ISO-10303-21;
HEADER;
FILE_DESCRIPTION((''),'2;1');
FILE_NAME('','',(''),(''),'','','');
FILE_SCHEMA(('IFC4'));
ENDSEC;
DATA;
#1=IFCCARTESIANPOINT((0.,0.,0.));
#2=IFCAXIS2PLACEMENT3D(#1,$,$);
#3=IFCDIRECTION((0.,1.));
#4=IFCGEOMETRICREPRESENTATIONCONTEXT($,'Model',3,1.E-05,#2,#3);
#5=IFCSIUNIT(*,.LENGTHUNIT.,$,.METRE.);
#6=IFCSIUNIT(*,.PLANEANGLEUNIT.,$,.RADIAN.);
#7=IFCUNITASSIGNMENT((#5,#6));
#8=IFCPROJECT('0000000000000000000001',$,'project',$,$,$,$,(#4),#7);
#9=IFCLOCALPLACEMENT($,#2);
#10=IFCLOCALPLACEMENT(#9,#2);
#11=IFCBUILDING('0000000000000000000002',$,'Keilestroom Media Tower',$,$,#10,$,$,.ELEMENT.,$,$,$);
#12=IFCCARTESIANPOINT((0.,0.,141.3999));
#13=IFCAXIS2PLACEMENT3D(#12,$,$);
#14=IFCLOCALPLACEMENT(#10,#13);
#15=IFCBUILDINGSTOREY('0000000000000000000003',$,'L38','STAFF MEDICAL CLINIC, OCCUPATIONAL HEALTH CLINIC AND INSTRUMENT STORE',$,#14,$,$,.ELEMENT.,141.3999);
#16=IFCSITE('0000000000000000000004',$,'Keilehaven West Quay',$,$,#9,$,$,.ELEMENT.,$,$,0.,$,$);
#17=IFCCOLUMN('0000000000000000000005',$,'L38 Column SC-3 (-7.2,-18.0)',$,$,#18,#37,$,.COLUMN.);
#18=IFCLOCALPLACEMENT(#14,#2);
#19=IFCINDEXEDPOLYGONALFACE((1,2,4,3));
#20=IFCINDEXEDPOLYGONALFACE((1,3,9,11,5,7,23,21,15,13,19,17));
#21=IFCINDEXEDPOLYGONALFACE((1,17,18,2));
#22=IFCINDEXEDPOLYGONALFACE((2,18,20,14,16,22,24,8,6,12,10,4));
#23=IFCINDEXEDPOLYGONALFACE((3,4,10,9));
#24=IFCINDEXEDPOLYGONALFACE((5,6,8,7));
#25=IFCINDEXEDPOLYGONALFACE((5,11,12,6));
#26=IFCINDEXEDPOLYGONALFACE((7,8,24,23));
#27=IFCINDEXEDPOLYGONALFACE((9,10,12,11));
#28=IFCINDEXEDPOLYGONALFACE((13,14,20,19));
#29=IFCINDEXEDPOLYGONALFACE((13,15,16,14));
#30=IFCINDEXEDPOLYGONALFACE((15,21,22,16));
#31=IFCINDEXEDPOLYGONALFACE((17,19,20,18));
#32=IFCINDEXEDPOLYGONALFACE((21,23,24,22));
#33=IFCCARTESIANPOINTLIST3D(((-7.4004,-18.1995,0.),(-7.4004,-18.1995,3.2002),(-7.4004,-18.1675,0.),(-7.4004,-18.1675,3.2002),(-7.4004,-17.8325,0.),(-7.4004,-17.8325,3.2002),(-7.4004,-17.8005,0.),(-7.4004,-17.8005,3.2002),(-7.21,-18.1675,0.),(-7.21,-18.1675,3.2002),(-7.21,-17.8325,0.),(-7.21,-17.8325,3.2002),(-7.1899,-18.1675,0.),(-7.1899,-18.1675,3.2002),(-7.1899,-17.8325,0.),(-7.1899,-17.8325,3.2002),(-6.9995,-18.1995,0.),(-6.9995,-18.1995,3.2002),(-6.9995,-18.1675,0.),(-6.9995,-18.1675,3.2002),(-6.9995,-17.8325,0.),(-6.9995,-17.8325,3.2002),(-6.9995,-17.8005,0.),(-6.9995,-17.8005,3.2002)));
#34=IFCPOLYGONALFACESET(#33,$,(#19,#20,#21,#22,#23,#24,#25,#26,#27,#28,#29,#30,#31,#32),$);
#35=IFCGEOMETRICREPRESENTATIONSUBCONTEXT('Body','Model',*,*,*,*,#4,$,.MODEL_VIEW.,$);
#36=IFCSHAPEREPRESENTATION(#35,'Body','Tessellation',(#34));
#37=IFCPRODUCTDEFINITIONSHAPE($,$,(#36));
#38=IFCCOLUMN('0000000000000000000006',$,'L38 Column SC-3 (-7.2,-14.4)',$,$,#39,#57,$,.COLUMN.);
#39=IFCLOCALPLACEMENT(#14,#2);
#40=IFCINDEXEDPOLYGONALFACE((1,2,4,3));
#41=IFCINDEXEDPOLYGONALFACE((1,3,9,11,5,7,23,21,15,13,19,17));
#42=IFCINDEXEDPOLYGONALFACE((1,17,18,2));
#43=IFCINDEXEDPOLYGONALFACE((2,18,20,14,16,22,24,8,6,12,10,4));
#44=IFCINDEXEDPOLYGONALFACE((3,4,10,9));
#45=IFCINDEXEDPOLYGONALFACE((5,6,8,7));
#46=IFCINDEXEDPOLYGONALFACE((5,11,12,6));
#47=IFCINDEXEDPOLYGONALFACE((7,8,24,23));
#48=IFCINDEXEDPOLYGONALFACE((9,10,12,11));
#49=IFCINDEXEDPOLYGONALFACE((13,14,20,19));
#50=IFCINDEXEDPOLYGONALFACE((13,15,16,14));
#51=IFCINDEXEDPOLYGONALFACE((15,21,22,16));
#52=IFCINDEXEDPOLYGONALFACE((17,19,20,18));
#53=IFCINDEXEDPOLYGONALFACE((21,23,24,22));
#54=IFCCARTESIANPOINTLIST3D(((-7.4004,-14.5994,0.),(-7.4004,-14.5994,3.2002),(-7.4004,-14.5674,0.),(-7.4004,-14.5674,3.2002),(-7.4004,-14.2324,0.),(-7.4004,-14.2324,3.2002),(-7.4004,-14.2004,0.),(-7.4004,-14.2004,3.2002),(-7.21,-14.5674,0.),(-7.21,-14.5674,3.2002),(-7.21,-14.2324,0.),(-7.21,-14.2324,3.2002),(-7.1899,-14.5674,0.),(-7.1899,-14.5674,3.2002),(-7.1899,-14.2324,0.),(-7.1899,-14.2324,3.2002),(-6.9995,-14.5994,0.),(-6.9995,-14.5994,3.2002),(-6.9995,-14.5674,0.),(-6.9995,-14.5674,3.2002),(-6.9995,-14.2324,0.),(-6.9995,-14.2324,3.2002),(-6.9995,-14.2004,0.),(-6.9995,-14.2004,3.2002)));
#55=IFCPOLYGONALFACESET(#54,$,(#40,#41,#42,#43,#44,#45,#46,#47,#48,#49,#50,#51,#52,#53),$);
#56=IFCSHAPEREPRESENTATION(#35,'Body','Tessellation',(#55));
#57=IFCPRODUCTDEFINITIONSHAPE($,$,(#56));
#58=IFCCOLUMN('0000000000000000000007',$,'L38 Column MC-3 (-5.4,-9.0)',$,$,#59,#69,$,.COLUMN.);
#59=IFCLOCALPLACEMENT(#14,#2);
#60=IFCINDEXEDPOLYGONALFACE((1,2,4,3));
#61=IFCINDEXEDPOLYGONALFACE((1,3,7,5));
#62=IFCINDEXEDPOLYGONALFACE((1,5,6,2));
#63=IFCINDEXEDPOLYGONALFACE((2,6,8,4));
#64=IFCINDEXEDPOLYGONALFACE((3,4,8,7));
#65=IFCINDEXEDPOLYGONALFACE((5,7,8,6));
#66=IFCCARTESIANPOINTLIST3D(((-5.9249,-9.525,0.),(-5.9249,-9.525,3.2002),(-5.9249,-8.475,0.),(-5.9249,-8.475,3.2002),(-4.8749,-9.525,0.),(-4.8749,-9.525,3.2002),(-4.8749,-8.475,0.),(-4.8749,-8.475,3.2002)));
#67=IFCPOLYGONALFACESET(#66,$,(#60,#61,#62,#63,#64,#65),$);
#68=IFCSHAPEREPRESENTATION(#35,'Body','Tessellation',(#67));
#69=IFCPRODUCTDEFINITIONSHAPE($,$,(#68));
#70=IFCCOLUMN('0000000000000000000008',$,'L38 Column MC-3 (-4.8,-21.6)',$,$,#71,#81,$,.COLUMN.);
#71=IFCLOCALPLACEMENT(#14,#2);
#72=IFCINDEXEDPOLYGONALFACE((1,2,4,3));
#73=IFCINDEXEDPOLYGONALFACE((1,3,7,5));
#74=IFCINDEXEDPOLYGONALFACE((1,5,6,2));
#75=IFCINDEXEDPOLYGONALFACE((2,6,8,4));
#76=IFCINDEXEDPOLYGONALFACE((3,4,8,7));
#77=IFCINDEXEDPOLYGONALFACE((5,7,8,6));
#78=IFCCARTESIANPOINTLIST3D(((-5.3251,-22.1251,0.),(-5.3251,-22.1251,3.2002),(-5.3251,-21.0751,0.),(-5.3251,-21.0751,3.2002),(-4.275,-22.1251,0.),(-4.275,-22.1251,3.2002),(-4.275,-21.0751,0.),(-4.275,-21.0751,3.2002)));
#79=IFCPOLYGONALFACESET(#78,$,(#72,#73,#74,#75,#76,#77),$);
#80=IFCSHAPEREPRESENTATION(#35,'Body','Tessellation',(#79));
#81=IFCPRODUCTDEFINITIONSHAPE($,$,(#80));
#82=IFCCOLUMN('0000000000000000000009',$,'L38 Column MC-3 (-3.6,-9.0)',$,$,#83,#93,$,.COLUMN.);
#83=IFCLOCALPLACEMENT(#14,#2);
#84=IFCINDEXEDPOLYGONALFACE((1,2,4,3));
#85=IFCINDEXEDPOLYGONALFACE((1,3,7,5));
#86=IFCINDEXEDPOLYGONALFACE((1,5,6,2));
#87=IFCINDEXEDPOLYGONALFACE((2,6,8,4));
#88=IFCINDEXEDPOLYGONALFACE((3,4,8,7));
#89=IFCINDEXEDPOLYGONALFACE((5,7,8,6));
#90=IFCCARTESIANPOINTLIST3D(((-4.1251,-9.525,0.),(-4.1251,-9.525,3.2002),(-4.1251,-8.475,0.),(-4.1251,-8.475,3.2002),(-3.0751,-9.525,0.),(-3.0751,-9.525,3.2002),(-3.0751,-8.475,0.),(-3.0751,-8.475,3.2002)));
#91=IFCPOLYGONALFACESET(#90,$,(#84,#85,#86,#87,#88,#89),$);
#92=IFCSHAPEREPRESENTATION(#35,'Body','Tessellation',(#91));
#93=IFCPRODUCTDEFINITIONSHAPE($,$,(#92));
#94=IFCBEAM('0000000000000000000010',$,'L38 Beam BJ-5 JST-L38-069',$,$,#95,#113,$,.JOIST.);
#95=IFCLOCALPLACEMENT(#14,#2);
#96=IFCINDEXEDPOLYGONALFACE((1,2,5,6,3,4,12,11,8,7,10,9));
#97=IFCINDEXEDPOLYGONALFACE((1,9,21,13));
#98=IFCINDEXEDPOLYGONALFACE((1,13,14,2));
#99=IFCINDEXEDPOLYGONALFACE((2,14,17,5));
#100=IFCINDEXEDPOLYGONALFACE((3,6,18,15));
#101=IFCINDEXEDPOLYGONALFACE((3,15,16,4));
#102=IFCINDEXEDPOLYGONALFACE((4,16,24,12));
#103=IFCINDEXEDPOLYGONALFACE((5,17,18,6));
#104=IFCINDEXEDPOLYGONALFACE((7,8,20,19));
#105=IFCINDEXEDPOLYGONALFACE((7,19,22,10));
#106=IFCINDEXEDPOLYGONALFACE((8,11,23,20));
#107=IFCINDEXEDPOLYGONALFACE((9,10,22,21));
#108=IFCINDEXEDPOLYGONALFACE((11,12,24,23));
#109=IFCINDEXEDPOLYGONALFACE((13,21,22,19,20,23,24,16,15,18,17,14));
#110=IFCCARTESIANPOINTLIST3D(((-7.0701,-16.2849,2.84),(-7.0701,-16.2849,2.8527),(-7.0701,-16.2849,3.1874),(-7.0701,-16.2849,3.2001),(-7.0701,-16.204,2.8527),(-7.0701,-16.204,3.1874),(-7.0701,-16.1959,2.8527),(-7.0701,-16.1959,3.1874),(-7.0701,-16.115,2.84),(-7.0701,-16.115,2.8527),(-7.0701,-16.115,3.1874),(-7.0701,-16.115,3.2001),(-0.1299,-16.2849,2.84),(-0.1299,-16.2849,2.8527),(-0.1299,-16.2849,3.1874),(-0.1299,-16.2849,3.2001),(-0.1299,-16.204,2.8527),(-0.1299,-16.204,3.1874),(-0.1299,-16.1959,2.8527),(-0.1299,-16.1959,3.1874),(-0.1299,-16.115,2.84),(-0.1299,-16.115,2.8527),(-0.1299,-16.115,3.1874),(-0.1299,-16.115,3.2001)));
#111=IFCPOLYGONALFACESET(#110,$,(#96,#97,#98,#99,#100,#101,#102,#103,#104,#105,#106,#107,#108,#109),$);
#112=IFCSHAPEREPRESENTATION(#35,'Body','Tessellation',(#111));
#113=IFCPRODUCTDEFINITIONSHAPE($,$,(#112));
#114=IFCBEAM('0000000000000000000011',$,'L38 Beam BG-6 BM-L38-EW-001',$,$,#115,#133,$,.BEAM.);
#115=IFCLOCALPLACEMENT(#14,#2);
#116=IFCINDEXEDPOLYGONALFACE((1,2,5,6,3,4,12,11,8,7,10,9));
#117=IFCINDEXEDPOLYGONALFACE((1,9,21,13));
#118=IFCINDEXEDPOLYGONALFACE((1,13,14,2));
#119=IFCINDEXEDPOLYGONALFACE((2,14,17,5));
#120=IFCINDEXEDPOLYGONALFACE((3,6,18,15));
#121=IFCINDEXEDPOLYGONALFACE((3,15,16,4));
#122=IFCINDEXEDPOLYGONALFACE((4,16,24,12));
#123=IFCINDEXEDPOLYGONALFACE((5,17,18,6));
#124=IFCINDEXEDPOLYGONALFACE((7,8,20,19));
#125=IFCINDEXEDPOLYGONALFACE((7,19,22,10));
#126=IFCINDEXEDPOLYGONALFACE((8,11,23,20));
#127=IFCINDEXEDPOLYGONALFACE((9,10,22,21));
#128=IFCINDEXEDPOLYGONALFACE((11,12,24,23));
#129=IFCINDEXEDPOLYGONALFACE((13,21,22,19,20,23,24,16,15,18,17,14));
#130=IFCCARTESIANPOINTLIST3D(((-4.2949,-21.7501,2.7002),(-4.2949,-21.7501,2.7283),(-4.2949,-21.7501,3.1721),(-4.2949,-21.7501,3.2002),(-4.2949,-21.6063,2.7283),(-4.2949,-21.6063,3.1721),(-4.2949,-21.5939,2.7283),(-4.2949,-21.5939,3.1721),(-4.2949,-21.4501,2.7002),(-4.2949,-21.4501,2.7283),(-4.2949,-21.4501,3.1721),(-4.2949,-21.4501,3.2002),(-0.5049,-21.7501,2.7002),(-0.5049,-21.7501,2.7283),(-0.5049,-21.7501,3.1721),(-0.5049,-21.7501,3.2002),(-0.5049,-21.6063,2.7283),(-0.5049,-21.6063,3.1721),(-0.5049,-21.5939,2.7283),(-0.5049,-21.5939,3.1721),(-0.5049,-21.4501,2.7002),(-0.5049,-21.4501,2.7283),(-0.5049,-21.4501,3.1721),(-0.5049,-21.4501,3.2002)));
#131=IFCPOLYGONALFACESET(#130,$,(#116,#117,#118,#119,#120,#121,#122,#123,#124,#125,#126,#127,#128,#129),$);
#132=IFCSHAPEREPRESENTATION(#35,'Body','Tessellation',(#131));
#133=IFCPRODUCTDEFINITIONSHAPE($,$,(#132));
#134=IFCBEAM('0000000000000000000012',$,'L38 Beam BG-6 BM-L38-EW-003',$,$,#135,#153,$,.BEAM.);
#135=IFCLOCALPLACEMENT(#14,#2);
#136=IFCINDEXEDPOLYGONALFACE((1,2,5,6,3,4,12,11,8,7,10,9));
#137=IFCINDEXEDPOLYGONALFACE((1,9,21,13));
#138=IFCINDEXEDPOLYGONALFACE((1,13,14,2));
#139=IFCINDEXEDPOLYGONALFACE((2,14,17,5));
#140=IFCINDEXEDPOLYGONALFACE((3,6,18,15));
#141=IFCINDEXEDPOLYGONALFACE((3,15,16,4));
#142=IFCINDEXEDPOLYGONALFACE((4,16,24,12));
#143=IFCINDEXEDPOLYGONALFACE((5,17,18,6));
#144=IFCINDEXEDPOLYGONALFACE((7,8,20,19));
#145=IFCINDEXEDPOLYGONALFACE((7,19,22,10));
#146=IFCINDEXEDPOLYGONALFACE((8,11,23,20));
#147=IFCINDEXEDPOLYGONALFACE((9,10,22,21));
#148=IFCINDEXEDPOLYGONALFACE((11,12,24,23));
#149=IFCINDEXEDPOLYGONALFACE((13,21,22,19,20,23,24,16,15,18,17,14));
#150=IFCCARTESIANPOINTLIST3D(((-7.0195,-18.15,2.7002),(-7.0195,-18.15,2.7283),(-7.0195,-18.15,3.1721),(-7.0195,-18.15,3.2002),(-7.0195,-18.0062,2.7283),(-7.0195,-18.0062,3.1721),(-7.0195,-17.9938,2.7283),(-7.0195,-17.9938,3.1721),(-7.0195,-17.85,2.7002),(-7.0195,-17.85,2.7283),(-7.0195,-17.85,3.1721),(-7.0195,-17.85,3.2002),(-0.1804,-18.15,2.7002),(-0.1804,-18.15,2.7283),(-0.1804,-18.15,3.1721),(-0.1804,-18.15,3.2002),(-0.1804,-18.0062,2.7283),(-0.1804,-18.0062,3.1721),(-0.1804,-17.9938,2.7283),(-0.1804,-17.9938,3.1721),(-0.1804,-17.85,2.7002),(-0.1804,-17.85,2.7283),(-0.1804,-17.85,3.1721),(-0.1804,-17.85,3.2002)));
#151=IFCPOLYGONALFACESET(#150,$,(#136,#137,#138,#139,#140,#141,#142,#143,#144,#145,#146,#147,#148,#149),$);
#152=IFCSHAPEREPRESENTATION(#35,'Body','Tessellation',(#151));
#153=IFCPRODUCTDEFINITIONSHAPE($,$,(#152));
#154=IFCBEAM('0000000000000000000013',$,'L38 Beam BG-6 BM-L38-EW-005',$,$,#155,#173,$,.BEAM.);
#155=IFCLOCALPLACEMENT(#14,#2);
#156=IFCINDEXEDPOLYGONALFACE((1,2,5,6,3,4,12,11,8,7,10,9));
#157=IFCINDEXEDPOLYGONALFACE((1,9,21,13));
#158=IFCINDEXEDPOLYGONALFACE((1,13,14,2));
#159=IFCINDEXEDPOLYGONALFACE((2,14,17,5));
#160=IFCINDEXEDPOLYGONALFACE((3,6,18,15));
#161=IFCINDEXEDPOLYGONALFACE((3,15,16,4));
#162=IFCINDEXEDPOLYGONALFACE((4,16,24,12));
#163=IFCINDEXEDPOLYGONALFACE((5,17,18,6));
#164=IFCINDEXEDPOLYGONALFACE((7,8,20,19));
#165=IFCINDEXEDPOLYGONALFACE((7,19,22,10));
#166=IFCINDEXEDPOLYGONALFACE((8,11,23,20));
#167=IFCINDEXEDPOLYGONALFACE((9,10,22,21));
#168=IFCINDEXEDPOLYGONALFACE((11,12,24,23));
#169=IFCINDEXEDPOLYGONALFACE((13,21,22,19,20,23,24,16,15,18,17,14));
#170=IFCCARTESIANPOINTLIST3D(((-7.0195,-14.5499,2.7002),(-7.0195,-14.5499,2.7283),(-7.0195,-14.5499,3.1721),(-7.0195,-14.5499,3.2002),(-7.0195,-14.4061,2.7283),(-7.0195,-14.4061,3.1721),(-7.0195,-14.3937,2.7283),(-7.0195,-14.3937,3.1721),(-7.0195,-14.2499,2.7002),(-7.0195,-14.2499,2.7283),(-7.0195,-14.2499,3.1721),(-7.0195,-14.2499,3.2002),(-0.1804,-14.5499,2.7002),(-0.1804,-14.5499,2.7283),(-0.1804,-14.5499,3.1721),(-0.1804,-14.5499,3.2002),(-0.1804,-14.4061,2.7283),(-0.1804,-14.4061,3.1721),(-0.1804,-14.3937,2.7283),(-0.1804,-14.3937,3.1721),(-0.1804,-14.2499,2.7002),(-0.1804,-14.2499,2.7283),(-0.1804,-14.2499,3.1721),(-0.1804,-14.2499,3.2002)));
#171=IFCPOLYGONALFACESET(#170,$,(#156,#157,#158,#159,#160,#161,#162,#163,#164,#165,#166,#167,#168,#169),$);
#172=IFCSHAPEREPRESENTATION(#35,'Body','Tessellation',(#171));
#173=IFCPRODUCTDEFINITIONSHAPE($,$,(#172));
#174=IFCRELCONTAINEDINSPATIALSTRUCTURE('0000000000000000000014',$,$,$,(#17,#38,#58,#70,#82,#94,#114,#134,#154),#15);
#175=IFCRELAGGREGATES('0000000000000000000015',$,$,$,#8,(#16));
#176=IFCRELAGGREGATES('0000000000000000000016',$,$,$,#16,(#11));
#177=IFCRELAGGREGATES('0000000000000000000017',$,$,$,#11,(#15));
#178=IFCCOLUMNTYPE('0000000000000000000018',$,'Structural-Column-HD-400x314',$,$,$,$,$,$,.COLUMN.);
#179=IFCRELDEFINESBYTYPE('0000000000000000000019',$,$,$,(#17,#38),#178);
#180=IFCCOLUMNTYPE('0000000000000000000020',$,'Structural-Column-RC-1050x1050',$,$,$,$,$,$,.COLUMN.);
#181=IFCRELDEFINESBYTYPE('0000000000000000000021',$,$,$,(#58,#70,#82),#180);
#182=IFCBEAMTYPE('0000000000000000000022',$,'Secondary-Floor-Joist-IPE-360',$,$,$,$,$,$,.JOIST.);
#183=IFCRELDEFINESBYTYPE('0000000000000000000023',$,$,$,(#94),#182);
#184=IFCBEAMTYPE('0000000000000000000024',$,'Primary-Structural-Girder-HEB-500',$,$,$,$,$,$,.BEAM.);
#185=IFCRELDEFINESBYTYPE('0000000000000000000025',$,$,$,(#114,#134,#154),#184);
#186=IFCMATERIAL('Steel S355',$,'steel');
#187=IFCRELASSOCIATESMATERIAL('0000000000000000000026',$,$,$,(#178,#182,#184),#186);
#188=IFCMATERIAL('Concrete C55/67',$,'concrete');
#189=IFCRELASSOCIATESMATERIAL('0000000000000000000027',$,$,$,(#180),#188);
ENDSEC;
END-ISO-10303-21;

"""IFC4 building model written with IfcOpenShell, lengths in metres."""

from ifc_helpers import new_model, si_unit, direction, frame, origin, origin_2d, place, context, subcontext, project, spatial, rectangle, i_section, extrude, source, transform, mapped, material, material_profile, profile_set, type_object, element, save


model = new_model("IFC4")

# Units and contexts
model_context = context("Model", 3, precision=1e-05, world=origin(), true_north=direction((0.0, 1.0)))
body_context = subcontext(model_context, "Body", "Model", "MODEL_VIEW")
ifc_project = project(units=[si_unit("LENGTHUNIT", "METRE"), si_unit("PLANEANGLEUNIT", "RADIAN")], contexts=[model_context])

# Site, building, storey
site_placement = place(None, origin())
site = spatial("IfcSite", under=ifc_project, at=site_placement, Name="Keilehaven West Quay", CompositionType="ELEMENT", RefElevation=0.0)
building_placement = place(site_placement, origin())
building = spatial("IfcBuilding", under=site, at=building_placement, Name="Keilestroom Media Tower", CompositionType="ELEMENT")
storey_placement = place(building_placement, frame((0.0, 0.0, 141.3999)))
storey = spatial("IfcBuildingStorey", under=building, at=storey_placement, Name="L38", Description="STAFF MEDICAL CLINIC, OCCUPATIONAL HEALTH CLINIC AND INSTRUMENT STORE", CompositionType="ELEMENT", Elevation=141.3999)

# Columns
ifc_material_1 = material(Name="Steel S355", Category="steel")
ifc_material_profile_1 = material_profile(ifc_material_1, i_section(OverallWidth=0.4009, OverallDepth=0.3989, WebThickness=0.02, FlangeThickness=0.032, at=origin_2d()), Name="HD 400x314")
ifc_profile_set_1 = profile_set([ifc_material_profile_1], Name="Steel S355")
column_type_1 = type_object("IfcColumnType", Name="Structural-Column-HD-400x314", PredefinedType="COLUMN", material=ifc_profile_set_1)
shared_shape_1 = source(origin(), body_context, "Body", "SweptSolid", [
    extrude(i_section(OverallWidth=0.4009, OverallDepth=0.3989, WebThickness=0.02, FlangeThickness=0.032, at=origin_2d()), origin(), (0.0, 0.0, 1.0), 3.2002),
])
for number, where, z_axis, x_axis, name in (
    (1, (-7.2, -18.0, 0.0), (0.0, 0.0, 1.0), (1.0, 0.0, 0.0), "L38 Column SC-3 (-7.2,-18.0)"),
    (2, (-7.2, -14.3999, 0.0), (0.0, 0.0, 1.0), (1.0, 0.0, 0.0), "L38 Column SC-3 (-7.2,-14.4)"),
):
    element("IfcColumn", number, at=place(storey_placement, frame(where, z_axis=z_axis, x_axis=x_axis)), inside=storey, type_object=column_type_1, Name=name, PredefinedType="COLUMN", context=body_context, shape_type="MappedRepresentation", body=[
        mapped(shared_shape_1, transform((0.0, 0.0, 0.0), x_axis=(1.0, 0.0, 0.0), y_axis=(0.0, 1.0, 0.0), z_axis=(0.0, 0.0, 1.0), scale=1.0)),
    ])
ifc_material_2 = material(Name="Concrete C55/67", Category="concrete")
ifc_material_profile_2 = material_profile(ifc_material_2, rectangle(XDim=1.05, YDim=1.05, at=origin_2d()), Name="RC 1050x1050")
ifc_profile_set_2 = profile_set([ifc_material_profile_2], Name="Concrete C55/67")
column_type_2 = type_object("IfcColumnType", Name="Structural-Column-RC-1050x1050", PredefinedType="COLUMN", material=ifc_profile_set_2)
shared_shape_2 = source(origin(), body_context, "Body", "SweptSolid", [
    extrude(rectangle(XDim=1.05, YDim=1.05, at=origin_2d()), origin(), (0.0, 0.0, 1.0), 3.2002),
])
for number, where, z_axis, x_axis, name in (
    (3, (-5.3999, -9.0, 0.0), (0.0, 0.0, 1.0), (1.0, 0.0, 0.0), "L38 Column MC-3 (-5.4,-9.0)"),
    (4, (-4.8, -21.6001, 0.0), (0.0, 0.0, 1.0), (1.0, 0.0, 0.0), "L38 Column MC-3 (-4.8,-21.6)"),
    (5, (-3.6001, -9.0, 0.0), (0.0, 0.0, 1.0), (1.0, 0.0, 0.0), "L38 Column MC-3 (-3.6,-9.0)"),
):
    element("IfcColumn", number, at=place(storey_placement, frame(where, z_axis=z_axis, x_axis=x_axis)), inside=storey, type_object=column_type_2, Name=name, PredefinedType="COLUMN", context=body_context, shape_type="MappedRepresentation", body=[
        mapped(shared_shape_2, transform((0.0, 0.0, 0.0), x_axis=(1.0, 0.0, 0.0), y_axis=(0.0, 1.0, 0.0), z_axis=(0.0, 0.0, 1.0), scale=1.0)),
    ])

# Beams
ifc_material_profile_3 = material_profile(ifc_material_1, i_section(OverallWidth=0.1699, OverallDepth=0.3601, WebThickness=0.0081, FlangeThickness=0.0127, at=origin_2d()), Name="IPE 360")
ifc_profile_set_3 = profile_set([ifc_material_profile_3], Name="Steel S355")
beam_type_1 = type_object("IfcBeamType", Name="Secondary-Floor-Joist-IPE-360", PredefinedType="JOIST", material=ifc_profile_set_3)
shared_shape_3 = source(origin(), body_context, "Body", "SweptSolid", [
    extrude(i_section(OverallWidth=0.1699, OverallDepth=0.3601, WebThickness=0.0081, FlangeThickness=0.0127, at=origin_2d()), origin(), (0.0, 0.0, 1.0), 6.9402),
])
beam_1_placement = place(storey_placement, frame((-7.0701, -16.2, 3.02), z_axis=(1.0, 0.0, 0.0), x_axis=(0.0, 1.0, 0.0)))
element("IfcBeam", 6, at=beam_1_placement, inside=storey, type_object=beam_type_1, Name="L38 Beam BJ-5 JST-L38-069", PredefinedType="JOIST", context=body_context, shape_type="MappedRepresentation", body=[
    mapped(shared_shape_3, transform((0.0, 0.0, 0.0), x_axis=(1.0, 0.0, 0.0), y_axis=(0.0, 1.0, 0.0), z_axis=(0.0, 0.0, 1.0), scale=1.0)),
])
ifc_material_profile_4 = material_profile(ifc_material_1, i_section(OverallWidth=0.3, OverallDepth=0.5, WebThickness=0.0125, FlangeThickness=0.0281, at=origin_2d()), Name="HEB 500")
ifc_profile_set_4 = profile_set([ifc_material_profile_4], Name="Steel S355")
beam_type_2 = type_object("IfcBeamType", Name="Primary-Structural-Girder-HEB-500", PredefinedType="BEAM", material=ifc_profile_set_4)
shared_shape_4 = source(origin(), body_context, "Body", "SweptSolid", [
    extrude(i_section(OverallWidth=0.3, OverallDepth=0.5, WebThickness=0.0125, FlangeThickness=0.0281, at=origin_2d()), origin(), (0.0, 0.0, 1.0), 3.79),
])
beam_2_placement = place(storey_placement, frame((-4.2949, -21.6001, 2.9502), z_axis=(1.0, 0.0, 0.0), x_axis=(0.0, 1.0, 0.0)))
element("IfcBeam", 7, at=beam_2_placement, inside=storey, type_object=beam_type_2, Name="L38 Beam BG-6 BM-L38-EW-001", PredefinedType="BEAM", context=body_context, shape_type="MappedRepresentation", body=[
    mapped(shared_shape_4, transform((0.0, 0.0, 0.0), x_axis=(1.0, 0.0, 0.0), y_axis=(0.0, 1.0, 0.0), z_axis=(0.0, 0.0, 1.0), scale=1.0)),
])
shared_shape_5 = source(origin(), body_context, "Body", "SweptSolid", [
    extrude(i_section(OverallWidth=0.3, OverallDepth=0.5, WebThickness=0.0125, FlangeThickness=0.0281, at=origin_2d()), origin(), (0.0, 0.0, 1.0), 6.8391),
])
for number, where, z_axis, x_axis, name in (
    (8, (-7.0195, -18.0, 2.9502), (1.0, 0.0, 0.0), (0.0, 1.0, 0.0), "L38 Beam BG-6 BM-L38-EW-003"),
    (9, (-7.0195, -14.3999, 2.9502), (1.0, 0.0, 0.0), (0.0, 1.0, 0.0), "L38 Beam BG-6 BM-L38-EW-005"),
):
    element("IfcBeam", number, at=place(storey_placement, frame(where, z_axis=z_axis, x_axis=x_axis)), inside=storey, type_object=beam_type_2, Name=name, PredefinedType="BEAM", context=body_context, shape_type="MappedRepresentation", body=[
        mapped(shared_shape_5, transform((0.0, 0.0, 0.0), x_axis=(1.0, 0.0, 0.0), y_axis=(0.0, 1.0, 0.0), z_axis=(0.0, 0.0, 1.0), scale=1.0)),
    ])

save(model, "model.ifc")
